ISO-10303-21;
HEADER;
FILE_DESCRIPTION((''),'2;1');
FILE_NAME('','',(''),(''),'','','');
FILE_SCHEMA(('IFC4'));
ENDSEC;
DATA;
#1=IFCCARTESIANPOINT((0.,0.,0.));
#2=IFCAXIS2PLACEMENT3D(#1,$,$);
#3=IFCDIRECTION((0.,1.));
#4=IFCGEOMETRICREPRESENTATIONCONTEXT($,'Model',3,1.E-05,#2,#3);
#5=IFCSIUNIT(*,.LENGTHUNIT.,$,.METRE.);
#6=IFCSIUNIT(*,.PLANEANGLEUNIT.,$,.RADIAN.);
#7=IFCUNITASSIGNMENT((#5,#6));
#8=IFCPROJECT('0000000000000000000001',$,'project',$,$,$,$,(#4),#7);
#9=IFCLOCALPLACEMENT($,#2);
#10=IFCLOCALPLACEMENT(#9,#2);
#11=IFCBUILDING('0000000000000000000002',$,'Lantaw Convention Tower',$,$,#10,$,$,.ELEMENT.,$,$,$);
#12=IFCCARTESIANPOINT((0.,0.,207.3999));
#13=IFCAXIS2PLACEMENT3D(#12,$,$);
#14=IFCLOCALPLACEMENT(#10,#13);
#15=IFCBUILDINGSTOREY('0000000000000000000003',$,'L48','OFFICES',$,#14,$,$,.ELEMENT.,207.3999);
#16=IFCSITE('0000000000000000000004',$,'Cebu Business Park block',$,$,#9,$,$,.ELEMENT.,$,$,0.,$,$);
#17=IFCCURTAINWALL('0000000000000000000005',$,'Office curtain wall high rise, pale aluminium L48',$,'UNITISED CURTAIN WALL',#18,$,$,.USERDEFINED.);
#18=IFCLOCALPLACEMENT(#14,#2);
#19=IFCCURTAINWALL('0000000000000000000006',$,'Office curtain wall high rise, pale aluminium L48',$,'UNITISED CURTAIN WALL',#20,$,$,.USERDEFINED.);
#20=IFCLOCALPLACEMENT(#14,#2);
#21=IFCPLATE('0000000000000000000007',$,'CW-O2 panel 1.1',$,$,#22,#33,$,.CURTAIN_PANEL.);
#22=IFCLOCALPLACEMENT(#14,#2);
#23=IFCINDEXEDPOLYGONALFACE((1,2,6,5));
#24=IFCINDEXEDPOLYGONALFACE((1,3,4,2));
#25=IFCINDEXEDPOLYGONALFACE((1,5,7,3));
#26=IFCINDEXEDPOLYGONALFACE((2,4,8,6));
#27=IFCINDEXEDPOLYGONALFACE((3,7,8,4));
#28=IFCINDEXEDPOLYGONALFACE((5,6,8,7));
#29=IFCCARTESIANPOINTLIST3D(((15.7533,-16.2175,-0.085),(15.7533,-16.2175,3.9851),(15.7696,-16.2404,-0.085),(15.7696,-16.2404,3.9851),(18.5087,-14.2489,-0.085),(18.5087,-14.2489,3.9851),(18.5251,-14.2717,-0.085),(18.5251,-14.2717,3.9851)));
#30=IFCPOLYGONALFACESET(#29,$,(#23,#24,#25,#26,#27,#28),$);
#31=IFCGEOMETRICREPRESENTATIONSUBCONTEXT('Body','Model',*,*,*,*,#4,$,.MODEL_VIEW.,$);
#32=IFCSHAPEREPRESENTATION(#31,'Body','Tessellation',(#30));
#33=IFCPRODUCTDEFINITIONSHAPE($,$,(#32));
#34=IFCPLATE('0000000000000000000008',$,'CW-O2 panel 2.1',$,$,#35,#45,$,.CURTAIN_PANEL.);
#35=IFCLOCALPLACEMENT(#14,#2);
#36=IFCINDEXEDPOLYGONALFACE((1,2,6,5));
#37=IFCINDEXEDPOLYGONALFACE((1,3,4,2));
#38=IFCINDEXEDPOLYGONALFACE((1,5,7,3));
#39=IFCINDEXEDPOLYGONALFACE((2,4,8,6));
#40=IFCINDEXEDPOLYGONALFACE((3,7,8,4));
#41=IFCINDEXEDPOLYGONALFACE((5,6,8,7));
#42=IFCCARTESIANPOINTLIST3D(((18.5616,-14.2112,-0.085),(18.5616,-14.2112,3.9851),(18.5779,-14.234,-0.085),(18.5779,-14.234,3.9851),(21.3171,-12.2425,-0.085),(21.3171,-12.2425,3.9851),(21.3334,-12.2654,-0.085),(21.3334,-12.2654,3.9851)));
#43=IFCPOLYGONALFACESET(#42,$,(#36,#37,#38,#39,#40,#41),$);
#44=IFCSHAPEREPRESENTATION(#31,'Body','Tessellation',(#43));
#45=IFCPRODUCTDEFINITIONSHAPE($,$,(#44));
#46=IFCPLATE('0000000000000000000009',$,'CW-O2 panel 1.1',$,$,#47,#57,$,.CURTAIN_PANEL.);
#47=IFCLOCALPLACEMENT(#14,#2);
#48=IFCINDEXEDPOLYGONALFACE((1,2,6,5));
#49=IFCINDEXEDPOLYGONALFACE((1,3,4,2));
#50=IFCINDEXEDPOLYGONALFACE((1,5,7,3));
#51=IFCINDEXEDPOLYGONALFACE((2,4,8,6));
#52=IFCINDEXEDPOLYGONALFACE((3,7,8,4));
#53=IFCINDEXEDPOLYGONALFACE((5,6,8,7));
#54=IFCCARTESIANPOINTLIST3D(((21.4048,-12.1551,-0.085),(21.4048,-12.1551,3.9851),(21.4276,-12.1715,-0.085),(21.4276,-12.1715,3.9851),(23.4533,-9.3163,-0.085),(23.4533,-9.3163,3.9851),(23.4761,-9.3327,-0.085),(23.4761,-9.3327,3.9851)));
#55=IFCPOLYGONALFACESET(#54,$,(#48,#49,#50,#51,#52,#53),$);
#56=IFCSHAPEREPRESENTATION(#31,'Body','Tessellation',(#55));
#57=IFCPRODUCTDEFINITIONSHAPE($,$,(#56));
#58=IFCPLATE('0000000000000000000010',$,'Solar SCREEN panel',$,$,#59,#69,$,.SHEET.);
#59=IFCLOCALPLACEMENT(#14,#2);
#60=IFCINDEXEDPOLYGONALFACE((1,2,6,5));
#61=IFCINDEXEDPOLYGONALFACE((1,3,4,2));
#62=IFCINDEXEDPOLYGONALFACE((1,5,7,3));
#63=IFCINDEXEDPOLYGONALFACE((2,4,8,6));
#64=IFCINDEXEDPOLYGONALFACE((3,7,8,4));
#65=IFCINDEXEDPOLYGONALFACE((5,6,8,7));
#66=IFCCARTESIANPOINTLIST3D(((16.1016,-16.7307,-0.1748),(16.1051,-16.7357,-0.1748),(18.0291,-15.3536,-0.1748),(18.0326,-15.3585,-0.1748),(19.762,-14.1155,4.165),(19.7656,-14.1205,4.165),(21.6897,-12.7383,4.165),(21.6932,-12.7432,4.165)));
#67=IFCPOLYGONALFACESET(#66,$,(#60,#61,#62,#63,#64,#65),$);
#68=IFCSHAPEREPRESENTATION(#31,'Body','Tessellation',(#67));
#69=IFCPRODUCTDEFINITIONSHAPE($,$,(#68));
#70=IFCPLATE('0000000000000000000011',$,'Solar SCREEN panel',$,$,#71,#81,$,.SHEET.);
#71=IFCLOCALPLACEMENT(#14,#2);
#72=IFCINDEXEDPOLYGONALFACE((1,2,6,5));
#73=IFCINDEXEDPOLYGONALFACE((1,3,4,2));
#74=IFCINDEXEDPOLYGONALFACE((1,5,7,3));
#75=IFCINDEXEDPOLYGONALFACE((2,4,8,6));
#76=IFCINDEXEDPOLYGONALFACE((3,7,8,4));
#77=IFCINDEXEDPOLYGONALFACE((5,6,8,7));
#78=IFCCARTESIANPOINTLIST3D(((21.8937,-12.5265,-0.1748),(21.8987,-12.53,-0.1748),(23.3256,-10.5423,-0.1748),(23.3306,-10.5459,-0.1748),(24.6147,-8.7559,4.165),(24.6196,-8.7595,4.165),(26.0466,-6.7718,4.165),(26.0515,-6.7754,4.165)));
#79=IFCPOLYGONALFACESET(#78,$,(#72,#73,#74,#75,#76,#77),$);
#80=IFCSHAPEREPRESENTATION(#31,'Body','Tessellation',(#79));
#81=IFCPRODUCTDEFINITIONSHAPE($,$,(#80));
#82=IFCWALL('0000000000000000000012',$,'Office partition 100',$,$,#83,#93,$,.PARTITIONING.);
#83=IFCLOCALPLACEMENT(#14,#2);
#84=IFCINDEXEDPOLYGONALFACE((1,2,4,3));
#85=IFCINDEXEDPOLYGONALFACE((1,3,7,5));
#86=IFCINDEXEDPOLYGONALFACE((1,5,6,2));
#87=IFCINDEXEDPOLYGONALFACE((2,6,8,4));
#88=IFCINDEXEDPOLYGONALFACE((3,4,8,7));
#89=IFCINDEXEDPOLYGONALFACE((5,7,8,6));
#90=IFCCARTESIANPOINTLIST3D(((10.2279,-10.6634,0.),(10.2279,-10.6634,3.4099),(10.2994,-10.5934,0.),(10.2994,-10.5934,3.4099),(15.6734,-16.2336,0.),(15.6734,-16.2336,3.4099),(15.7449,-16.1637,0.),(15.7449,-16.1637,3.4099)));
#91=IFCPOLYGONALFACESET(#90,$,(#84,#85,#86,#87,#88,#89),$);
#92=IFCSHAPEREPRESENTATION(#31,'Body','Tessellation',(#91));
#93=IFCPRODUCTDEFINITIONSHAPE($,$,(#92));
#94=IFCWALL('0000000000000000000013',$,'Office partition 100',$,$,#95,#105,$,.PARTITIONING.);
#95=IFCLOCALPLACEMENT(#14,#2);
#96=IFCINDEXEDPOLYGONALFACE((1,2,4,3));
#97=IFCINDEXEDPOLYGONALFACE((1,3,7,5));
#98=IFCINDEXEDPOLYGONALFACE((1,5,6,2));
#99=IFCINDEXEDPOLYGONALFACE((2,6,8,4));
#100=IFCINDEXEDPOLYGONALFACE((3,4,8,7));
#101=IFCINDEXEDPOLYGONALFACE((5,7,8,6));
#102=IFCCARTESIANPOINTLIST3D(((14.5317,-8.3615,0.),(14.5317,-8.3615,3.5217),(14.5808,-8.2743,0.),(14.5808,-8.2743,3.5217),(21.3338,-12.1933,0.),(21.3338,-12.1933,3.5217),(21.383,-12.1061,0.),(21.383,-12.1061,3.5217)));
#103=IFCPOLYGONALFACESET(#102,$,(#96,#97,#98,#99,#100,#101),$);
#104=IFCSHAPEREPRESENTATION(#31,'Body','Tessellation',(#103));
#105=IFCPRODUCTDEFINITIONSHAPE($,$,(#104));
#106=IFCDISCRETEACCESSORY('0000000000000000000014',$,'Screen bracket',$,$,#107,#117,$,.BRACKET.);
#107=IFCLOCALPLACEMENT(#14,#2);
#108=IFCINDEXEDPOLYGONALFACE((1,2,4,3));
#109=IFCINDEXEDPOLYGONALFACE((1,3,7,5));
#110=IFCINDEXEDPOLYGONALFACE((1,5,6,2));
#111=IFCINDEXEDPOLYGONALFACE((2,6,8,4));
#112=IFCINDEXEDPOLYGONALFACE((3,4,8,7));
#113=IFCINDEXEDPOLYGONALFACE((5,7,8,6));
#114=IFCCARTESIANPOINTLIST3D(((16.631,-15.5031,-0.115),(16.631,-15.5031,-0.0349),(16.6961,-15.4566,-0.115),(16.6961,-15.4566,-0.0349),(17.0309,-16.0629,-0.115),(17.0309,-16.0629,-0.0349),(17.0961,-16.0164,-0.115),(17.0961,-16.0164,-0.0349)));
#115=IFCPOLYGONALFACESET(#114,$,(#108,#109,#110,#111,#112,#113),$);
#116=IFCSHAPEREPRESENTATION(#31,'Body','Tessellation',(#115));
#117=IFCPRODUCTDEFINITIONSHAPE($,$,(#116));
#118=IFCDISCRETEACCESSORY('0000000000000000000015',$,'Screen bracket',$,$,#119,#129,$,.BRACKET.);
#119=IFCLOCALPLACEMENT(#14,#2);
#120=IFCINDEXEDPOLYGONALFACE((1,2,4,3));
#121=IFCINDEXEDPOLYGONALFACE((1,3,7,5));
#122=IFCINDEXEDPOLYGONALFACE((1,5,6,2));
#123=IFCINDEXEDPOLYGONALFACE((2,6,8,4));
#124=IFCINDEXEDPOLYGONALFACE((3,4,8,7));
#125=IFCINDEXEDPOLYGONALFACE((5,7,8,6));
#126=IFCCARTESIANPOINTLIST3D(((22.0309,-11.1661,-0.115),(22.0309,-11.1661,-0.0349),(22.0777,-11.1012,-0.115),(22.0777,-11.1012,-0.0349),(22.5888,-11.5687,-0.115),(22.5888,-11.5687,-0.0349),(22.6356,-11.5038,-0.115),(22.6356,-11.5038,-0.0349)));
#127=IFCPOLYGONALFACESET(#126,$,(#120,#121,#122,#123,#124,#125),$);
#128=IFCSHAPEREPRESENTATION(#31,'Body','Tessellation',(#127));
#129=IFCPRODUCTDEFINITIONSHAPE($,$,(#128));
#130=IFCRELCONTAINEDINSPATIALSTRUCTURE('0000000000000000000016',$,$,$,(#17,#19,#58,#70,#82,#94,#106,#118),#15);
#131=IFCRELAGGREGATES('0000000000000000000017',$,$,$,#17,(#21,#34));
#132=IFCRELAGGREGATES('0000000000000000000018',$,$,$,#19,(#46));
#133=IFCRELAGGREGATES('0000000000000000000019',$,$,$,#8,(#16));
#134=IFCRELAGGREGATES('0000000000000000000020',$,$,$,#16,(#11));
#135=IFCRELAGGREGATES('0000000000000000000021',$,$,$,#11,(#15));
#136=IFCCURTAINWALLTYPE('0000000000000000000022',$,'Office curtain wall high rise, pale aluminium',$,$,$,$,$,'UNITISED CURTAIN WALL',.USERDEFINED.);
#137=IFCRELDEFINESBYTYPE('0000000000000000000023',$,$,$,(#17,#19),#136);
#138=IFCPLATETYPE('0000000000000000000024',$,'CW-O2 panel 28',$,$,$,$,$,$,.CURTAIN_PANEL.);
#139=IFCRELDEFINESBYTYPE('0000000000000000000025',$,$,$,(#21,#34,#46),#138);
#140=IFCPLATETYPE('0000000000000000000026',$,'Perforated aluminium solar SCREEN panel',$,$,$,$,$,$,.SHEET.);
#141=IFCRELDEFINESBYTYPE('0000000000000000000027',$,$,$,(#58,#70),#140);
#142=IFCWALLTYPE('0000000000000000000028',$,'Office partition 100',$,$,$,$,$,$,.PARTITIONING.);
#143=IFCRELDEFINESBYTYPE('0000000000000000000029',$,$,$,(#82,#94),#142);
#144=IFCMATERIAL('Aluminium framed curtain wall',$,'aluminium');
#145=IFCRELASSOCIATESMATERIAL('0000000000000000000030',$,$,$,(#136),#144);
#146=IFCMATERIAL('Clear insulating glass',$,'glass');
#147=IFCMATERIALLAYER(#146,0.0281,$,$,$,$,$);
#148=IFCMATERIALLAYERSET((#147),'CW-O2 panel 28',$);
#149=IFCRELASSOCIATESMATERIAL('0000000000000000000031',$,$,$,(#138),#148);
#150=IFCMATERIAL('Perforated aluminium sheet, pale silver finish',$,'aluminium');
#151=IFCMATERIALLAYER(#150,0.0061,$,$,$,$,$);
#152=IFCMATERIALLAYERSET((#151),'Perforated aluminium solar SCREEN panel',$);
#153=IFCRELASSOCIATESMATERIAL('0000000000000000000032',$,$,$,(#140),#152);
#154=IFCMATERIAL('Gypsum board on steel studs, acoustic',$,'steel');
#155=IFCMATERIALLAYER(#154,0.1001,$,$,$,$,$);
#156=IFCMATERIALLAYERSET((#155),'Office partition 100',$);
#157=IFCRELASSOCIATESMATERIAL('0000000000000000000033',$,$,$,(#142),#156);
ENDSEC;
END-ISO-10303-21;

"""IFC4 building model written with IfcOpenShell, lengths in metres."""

from ifc_helpers import new_model, si_unit, direction, frame, frame_2d, origin, origin_2d, place, context, subcontext, project, spatial, polyline, rectangle, outline, extrude, material, layer, layer_set, type_object, element, aggregate, save


model = new_model("IFC4")

# Units and contexts
model_context = context("Model", 3, precision=1e-05, world=origin(), true_north=direction((0.0, 1.0)))
body_context = subcontext(model_context, "Body", "Model", "MODEL_VIEW")
ifc_project = project(units=[si_unit("LENGTHUNIT", "METRE"), si_unit("PLANEANGLEUNIT", "RADIAN")], contexts=[model_context])

# Site, building, storey
site_placement = place(None, origin())
site = spatial("IfcSite", under=ifc_project, at=site_placement, Name="Cebu Business Park block", CompositionType="ELEMENT", RefElevation=0.0)
building_placement = place(site_placement, origin())
building = spatial("IfcBuilding", under=site, at=building_placement, Name="Lantaw Convention Tower", CompositionType="ELEMENT")
storey_placement = place(building_placement, frame((0.0, 0.0, 207.3999)))
storey = spatial("IfcBuildingStorey", under=building, at=storey_placement, Name="L48", Description="OFFICES", CompositionType="ELEMENT", Elevation=207.3999)

# Curtain walls
ifc_material_1 = material(Name="Aluminium framed curtain wall", Category="aluminium")
curtain_wall_type = type_object("IfcCurtainWallType", Name="Office curtain wall high rise, pale aluminium", ElementType="UNITISED CURTAIN WALL", PredefinedType="USERDEFINED", material=ifc_material_1)
curtain_wall_1_placement = place(storey_placement, origin())
curtain_wall_1 = element("IfcCurtainWall", 1, at=curtain_wall_1_placement, inside=storey, type_object=curtain_wall_type, Name="Office curtain wall high rise, pale aluminium L48", ObjectType="UNITISED CURTAIN WALL", PredefinedType="USERDEFINED")
curtain_wall_2_placement = place(storey_placement, origin())
curtain_wall_2 = element("IfcCurtainWall", 2, at=curtain_wall_2_placement, inside=storey, type_object=curtain_wall_type, Name="Office curtain wall high rise, pale aluminium L48", ObjectType="UNITISED CURTAIN WALL", PredefinedType="USERDEFINED")

# Plates
ifc_material_2 = material(Name="Clear insulating glass", Category="glass")
ifc_layer_1 = layer(ifc_material_2, 0.0281)
ifc_layer_set_1 = layer_set([ifc_layer_1], Name="CW-O2 panel 28")
plate_type_1 = type_object("IfcPlateType", Name="CW-O2 panel 28", PredefinedType="CURTAIN_PANEL", material=ifc_layer_set_1)
plate_1_placement = place(storey_placement, frame((17.1392, -15.2446, -0.085), z_axis=(0.0, 0.0, 1.0), x_axis=(0.813673, 0.581323, 0.0)))
plate_1 = element("IfcPlate", 3, at=plate_1_placement, type_object=plate_type_1, Name="CW-O2 panel 1.1", PredefinedType="CURTAIN_PANEL", context=body_context, shape_type="SweptSolid", body=[
    extrude(rectangle(XDim=3.3865, YDim=0.0281, at=origin_2d()), origin(), (0.0, 0.0, 1.0), 4.0701),
])
plate_2_placement = place(storey_placement, frame((19.9475, -13.2383, -0.085), z_axis=(0.0, 0.0, 1.0), x_axis=(0.813673, 0.581323, 0.0)))
plate_2 = element("IfcPlate", 4, at=plate_2_placement, type_object=plate_type_1, Name="CW-O2 panel 2.1", PredefinedType="CURTAIN_PANEL", context=body_context, shape_type="SweptSolid", body=[
    extrude(rectangle(XDim=3.3865, YDim=0.0281, at=origin_2d()), origin(), (0.0, 0.0, 1.0), 4.0701),
])
aggregate(curtain_wall_1, [plate_1, plate_2])
plate_3_placement = place(storey_placement, frame((22.4404, -10.7439, -0.085), z_axis=(0.0, 0.0, 1.0), x_axis=(0.585158, 0.81092, 0.0)))
plate_3 = element("IfcPlate", 5, at=plate_3_placement, type_object=plate_type_1, Name="CW-O2 panel 1.1", PredefinedType="CURTAIN_PANEL", context=body_context, shape_type="SweptSolid", body=[
    extrude(rectangle(XDim=3.5007, YDim=0.0281, at=origin_2d()), origin(), (0.0, 0.0, 1.0), 4.0701),
])
aggregate(curtain_wall_2, [plate_3])

# Plates
ifc_material_3 = material(Name="Perforated aluminium sheet, pale silver finish", Category="aluminium")
ifc_layer_2 = layer(ifc_material_3, 0.0061)
ifc_layer_set_2 = layer_set([ifc_layer_2], Name="Perforated aluminium solar SCREEN panel")
plate_type_2 = type_object("IfcPlateType", Name="Perforated aluminium solar SCREEN panel", PredefinedType="SHEET", material=ifc_layer_set_2)
plate_4_placement = place(storey_placement, frame((16.1016, -16.7307, -0.1748), z_axis=(-0.581331, 0.813667, 0.00001), x_axis=(0.813667, 0.581331, 0.0)))
element("IfcPlate", 6, at=plate_4_placement, inside=storey, type_object=plate_type_2, Name="Solar SCREEN panel", PredefinedType="SHEET", context=body_context, shape_type="SweptSolid", body=[
    extrude(outline(polyline([(0.0, 0.0), (2.3689, 0.0), (6.8678, -4.3398), (4.4987, -4.3398), (0.0, 0.0)])), origin(), (0.0, 0.0, -1.0), 0.0061),
])
plate_5_placement = place(storey_placement, frame((21.8987, -12.53, -0.1748), z_axis=(0.810892, -0.585195, 0.00002), x_axis=(0.585195, 0.810892, 0.0)))
element("IfcPlate", 7, at=plate_5_placement, inside=storey, type_object=plate_type_2, Name="Solar SCREEN panel", PredefinedType="SHEET", context=body_context, shape_type="SweptSolid", body=[
    extrude(outline(polyline([(0.0, 0.0), (2.4468, 0.0), (7.0966, 4.3398), (4.6498, 4.3398), (0.0, 0.0)])), origin(), (0.0, 0.0, -1.0), 0.0061),
])

# Walls
ifc_material_4 = material(Name="Gypsum board on steel studs, acoustic", Category="steel")
ifc_layer_3 = layer(ifc_material_4, 0.1001)
ifc_layer_set_3 = layer_set([ifc_layer_3], Name="Office partition 100")
wall_type = type_object("IfcWallType", Name="Office partition 100", PredefinedType="PARTITIONING", material=ifc_layer_set_3)
wall_1_placement = place(storey_placement, frame((15.7092, -16.1987, 0.0), z_axis=(0.0, 0.0, 1.0), x_axis=(-0.699054, 0.715069, 0.0)))
element("IfcWall", 8, at=wall_1_placement, inside=storey, type_object=wall_type, Name="Office partition 100", PredefinedType="PARTITIONING", context=body_context, shape_type="SweptSolid", body=[
    extrude(rectangle(XDim=7.7898, YDim=0.1001, at=frame_2d((3.895, 0.0))), origin(), (0.0, 0.0, 1.0), 3.4099),
])
wall_2_placement = place(storey_placement, frame((21.3584, -12.1497, 0.0), z_axis=(0.0, 0.0, 1.0), x_axis=(-0.871273, 0.490799, 0.0)))
element("IfcWall", 9, at=wall_2_placement, inside=storey, type_object=wall_type, Name="Office partition 100", PredefinedType="PARTITIONING", context=body_context, shape_type="SweptSolid", body=[
    extrude(rectangle(XDim=7.8071, YDim=0.1001, at=frame_2d((3.9036, 0.0))), origin(), (0.0, 0.0, 1.0), 3.5217),
])

# Discrete accessories
for number, where, z_axis, x_axis, name in (
    (10, (16.8635, -15.7598, -0.115), (0.0, 0.0, 1.0), (0.813673, 0.581323, 0.0), "Screen bracket"),
    (11, (22.3333, -11.335, -0.115), (0.0, 0.0, 1.0), (0.585158, 0.81092, 0.0), "Screen bracket"),
):
    element("IfcDiscreteAccessory", number, at=place(storey_placement, frame(where, z_axis=z_axis, x_axis=x_axis)), inside=storey, Name=name, PredefinedType="BRACKET", context=body_context, shape_type="SweptSolid", body=[
        extrude(rectangle(XDim=0.0801, YDim=0.688, at=origin_2d()), origin(), (0.0, 0.0, 1.0), 0.0801),
    ])

save(model, "model.ifc")
